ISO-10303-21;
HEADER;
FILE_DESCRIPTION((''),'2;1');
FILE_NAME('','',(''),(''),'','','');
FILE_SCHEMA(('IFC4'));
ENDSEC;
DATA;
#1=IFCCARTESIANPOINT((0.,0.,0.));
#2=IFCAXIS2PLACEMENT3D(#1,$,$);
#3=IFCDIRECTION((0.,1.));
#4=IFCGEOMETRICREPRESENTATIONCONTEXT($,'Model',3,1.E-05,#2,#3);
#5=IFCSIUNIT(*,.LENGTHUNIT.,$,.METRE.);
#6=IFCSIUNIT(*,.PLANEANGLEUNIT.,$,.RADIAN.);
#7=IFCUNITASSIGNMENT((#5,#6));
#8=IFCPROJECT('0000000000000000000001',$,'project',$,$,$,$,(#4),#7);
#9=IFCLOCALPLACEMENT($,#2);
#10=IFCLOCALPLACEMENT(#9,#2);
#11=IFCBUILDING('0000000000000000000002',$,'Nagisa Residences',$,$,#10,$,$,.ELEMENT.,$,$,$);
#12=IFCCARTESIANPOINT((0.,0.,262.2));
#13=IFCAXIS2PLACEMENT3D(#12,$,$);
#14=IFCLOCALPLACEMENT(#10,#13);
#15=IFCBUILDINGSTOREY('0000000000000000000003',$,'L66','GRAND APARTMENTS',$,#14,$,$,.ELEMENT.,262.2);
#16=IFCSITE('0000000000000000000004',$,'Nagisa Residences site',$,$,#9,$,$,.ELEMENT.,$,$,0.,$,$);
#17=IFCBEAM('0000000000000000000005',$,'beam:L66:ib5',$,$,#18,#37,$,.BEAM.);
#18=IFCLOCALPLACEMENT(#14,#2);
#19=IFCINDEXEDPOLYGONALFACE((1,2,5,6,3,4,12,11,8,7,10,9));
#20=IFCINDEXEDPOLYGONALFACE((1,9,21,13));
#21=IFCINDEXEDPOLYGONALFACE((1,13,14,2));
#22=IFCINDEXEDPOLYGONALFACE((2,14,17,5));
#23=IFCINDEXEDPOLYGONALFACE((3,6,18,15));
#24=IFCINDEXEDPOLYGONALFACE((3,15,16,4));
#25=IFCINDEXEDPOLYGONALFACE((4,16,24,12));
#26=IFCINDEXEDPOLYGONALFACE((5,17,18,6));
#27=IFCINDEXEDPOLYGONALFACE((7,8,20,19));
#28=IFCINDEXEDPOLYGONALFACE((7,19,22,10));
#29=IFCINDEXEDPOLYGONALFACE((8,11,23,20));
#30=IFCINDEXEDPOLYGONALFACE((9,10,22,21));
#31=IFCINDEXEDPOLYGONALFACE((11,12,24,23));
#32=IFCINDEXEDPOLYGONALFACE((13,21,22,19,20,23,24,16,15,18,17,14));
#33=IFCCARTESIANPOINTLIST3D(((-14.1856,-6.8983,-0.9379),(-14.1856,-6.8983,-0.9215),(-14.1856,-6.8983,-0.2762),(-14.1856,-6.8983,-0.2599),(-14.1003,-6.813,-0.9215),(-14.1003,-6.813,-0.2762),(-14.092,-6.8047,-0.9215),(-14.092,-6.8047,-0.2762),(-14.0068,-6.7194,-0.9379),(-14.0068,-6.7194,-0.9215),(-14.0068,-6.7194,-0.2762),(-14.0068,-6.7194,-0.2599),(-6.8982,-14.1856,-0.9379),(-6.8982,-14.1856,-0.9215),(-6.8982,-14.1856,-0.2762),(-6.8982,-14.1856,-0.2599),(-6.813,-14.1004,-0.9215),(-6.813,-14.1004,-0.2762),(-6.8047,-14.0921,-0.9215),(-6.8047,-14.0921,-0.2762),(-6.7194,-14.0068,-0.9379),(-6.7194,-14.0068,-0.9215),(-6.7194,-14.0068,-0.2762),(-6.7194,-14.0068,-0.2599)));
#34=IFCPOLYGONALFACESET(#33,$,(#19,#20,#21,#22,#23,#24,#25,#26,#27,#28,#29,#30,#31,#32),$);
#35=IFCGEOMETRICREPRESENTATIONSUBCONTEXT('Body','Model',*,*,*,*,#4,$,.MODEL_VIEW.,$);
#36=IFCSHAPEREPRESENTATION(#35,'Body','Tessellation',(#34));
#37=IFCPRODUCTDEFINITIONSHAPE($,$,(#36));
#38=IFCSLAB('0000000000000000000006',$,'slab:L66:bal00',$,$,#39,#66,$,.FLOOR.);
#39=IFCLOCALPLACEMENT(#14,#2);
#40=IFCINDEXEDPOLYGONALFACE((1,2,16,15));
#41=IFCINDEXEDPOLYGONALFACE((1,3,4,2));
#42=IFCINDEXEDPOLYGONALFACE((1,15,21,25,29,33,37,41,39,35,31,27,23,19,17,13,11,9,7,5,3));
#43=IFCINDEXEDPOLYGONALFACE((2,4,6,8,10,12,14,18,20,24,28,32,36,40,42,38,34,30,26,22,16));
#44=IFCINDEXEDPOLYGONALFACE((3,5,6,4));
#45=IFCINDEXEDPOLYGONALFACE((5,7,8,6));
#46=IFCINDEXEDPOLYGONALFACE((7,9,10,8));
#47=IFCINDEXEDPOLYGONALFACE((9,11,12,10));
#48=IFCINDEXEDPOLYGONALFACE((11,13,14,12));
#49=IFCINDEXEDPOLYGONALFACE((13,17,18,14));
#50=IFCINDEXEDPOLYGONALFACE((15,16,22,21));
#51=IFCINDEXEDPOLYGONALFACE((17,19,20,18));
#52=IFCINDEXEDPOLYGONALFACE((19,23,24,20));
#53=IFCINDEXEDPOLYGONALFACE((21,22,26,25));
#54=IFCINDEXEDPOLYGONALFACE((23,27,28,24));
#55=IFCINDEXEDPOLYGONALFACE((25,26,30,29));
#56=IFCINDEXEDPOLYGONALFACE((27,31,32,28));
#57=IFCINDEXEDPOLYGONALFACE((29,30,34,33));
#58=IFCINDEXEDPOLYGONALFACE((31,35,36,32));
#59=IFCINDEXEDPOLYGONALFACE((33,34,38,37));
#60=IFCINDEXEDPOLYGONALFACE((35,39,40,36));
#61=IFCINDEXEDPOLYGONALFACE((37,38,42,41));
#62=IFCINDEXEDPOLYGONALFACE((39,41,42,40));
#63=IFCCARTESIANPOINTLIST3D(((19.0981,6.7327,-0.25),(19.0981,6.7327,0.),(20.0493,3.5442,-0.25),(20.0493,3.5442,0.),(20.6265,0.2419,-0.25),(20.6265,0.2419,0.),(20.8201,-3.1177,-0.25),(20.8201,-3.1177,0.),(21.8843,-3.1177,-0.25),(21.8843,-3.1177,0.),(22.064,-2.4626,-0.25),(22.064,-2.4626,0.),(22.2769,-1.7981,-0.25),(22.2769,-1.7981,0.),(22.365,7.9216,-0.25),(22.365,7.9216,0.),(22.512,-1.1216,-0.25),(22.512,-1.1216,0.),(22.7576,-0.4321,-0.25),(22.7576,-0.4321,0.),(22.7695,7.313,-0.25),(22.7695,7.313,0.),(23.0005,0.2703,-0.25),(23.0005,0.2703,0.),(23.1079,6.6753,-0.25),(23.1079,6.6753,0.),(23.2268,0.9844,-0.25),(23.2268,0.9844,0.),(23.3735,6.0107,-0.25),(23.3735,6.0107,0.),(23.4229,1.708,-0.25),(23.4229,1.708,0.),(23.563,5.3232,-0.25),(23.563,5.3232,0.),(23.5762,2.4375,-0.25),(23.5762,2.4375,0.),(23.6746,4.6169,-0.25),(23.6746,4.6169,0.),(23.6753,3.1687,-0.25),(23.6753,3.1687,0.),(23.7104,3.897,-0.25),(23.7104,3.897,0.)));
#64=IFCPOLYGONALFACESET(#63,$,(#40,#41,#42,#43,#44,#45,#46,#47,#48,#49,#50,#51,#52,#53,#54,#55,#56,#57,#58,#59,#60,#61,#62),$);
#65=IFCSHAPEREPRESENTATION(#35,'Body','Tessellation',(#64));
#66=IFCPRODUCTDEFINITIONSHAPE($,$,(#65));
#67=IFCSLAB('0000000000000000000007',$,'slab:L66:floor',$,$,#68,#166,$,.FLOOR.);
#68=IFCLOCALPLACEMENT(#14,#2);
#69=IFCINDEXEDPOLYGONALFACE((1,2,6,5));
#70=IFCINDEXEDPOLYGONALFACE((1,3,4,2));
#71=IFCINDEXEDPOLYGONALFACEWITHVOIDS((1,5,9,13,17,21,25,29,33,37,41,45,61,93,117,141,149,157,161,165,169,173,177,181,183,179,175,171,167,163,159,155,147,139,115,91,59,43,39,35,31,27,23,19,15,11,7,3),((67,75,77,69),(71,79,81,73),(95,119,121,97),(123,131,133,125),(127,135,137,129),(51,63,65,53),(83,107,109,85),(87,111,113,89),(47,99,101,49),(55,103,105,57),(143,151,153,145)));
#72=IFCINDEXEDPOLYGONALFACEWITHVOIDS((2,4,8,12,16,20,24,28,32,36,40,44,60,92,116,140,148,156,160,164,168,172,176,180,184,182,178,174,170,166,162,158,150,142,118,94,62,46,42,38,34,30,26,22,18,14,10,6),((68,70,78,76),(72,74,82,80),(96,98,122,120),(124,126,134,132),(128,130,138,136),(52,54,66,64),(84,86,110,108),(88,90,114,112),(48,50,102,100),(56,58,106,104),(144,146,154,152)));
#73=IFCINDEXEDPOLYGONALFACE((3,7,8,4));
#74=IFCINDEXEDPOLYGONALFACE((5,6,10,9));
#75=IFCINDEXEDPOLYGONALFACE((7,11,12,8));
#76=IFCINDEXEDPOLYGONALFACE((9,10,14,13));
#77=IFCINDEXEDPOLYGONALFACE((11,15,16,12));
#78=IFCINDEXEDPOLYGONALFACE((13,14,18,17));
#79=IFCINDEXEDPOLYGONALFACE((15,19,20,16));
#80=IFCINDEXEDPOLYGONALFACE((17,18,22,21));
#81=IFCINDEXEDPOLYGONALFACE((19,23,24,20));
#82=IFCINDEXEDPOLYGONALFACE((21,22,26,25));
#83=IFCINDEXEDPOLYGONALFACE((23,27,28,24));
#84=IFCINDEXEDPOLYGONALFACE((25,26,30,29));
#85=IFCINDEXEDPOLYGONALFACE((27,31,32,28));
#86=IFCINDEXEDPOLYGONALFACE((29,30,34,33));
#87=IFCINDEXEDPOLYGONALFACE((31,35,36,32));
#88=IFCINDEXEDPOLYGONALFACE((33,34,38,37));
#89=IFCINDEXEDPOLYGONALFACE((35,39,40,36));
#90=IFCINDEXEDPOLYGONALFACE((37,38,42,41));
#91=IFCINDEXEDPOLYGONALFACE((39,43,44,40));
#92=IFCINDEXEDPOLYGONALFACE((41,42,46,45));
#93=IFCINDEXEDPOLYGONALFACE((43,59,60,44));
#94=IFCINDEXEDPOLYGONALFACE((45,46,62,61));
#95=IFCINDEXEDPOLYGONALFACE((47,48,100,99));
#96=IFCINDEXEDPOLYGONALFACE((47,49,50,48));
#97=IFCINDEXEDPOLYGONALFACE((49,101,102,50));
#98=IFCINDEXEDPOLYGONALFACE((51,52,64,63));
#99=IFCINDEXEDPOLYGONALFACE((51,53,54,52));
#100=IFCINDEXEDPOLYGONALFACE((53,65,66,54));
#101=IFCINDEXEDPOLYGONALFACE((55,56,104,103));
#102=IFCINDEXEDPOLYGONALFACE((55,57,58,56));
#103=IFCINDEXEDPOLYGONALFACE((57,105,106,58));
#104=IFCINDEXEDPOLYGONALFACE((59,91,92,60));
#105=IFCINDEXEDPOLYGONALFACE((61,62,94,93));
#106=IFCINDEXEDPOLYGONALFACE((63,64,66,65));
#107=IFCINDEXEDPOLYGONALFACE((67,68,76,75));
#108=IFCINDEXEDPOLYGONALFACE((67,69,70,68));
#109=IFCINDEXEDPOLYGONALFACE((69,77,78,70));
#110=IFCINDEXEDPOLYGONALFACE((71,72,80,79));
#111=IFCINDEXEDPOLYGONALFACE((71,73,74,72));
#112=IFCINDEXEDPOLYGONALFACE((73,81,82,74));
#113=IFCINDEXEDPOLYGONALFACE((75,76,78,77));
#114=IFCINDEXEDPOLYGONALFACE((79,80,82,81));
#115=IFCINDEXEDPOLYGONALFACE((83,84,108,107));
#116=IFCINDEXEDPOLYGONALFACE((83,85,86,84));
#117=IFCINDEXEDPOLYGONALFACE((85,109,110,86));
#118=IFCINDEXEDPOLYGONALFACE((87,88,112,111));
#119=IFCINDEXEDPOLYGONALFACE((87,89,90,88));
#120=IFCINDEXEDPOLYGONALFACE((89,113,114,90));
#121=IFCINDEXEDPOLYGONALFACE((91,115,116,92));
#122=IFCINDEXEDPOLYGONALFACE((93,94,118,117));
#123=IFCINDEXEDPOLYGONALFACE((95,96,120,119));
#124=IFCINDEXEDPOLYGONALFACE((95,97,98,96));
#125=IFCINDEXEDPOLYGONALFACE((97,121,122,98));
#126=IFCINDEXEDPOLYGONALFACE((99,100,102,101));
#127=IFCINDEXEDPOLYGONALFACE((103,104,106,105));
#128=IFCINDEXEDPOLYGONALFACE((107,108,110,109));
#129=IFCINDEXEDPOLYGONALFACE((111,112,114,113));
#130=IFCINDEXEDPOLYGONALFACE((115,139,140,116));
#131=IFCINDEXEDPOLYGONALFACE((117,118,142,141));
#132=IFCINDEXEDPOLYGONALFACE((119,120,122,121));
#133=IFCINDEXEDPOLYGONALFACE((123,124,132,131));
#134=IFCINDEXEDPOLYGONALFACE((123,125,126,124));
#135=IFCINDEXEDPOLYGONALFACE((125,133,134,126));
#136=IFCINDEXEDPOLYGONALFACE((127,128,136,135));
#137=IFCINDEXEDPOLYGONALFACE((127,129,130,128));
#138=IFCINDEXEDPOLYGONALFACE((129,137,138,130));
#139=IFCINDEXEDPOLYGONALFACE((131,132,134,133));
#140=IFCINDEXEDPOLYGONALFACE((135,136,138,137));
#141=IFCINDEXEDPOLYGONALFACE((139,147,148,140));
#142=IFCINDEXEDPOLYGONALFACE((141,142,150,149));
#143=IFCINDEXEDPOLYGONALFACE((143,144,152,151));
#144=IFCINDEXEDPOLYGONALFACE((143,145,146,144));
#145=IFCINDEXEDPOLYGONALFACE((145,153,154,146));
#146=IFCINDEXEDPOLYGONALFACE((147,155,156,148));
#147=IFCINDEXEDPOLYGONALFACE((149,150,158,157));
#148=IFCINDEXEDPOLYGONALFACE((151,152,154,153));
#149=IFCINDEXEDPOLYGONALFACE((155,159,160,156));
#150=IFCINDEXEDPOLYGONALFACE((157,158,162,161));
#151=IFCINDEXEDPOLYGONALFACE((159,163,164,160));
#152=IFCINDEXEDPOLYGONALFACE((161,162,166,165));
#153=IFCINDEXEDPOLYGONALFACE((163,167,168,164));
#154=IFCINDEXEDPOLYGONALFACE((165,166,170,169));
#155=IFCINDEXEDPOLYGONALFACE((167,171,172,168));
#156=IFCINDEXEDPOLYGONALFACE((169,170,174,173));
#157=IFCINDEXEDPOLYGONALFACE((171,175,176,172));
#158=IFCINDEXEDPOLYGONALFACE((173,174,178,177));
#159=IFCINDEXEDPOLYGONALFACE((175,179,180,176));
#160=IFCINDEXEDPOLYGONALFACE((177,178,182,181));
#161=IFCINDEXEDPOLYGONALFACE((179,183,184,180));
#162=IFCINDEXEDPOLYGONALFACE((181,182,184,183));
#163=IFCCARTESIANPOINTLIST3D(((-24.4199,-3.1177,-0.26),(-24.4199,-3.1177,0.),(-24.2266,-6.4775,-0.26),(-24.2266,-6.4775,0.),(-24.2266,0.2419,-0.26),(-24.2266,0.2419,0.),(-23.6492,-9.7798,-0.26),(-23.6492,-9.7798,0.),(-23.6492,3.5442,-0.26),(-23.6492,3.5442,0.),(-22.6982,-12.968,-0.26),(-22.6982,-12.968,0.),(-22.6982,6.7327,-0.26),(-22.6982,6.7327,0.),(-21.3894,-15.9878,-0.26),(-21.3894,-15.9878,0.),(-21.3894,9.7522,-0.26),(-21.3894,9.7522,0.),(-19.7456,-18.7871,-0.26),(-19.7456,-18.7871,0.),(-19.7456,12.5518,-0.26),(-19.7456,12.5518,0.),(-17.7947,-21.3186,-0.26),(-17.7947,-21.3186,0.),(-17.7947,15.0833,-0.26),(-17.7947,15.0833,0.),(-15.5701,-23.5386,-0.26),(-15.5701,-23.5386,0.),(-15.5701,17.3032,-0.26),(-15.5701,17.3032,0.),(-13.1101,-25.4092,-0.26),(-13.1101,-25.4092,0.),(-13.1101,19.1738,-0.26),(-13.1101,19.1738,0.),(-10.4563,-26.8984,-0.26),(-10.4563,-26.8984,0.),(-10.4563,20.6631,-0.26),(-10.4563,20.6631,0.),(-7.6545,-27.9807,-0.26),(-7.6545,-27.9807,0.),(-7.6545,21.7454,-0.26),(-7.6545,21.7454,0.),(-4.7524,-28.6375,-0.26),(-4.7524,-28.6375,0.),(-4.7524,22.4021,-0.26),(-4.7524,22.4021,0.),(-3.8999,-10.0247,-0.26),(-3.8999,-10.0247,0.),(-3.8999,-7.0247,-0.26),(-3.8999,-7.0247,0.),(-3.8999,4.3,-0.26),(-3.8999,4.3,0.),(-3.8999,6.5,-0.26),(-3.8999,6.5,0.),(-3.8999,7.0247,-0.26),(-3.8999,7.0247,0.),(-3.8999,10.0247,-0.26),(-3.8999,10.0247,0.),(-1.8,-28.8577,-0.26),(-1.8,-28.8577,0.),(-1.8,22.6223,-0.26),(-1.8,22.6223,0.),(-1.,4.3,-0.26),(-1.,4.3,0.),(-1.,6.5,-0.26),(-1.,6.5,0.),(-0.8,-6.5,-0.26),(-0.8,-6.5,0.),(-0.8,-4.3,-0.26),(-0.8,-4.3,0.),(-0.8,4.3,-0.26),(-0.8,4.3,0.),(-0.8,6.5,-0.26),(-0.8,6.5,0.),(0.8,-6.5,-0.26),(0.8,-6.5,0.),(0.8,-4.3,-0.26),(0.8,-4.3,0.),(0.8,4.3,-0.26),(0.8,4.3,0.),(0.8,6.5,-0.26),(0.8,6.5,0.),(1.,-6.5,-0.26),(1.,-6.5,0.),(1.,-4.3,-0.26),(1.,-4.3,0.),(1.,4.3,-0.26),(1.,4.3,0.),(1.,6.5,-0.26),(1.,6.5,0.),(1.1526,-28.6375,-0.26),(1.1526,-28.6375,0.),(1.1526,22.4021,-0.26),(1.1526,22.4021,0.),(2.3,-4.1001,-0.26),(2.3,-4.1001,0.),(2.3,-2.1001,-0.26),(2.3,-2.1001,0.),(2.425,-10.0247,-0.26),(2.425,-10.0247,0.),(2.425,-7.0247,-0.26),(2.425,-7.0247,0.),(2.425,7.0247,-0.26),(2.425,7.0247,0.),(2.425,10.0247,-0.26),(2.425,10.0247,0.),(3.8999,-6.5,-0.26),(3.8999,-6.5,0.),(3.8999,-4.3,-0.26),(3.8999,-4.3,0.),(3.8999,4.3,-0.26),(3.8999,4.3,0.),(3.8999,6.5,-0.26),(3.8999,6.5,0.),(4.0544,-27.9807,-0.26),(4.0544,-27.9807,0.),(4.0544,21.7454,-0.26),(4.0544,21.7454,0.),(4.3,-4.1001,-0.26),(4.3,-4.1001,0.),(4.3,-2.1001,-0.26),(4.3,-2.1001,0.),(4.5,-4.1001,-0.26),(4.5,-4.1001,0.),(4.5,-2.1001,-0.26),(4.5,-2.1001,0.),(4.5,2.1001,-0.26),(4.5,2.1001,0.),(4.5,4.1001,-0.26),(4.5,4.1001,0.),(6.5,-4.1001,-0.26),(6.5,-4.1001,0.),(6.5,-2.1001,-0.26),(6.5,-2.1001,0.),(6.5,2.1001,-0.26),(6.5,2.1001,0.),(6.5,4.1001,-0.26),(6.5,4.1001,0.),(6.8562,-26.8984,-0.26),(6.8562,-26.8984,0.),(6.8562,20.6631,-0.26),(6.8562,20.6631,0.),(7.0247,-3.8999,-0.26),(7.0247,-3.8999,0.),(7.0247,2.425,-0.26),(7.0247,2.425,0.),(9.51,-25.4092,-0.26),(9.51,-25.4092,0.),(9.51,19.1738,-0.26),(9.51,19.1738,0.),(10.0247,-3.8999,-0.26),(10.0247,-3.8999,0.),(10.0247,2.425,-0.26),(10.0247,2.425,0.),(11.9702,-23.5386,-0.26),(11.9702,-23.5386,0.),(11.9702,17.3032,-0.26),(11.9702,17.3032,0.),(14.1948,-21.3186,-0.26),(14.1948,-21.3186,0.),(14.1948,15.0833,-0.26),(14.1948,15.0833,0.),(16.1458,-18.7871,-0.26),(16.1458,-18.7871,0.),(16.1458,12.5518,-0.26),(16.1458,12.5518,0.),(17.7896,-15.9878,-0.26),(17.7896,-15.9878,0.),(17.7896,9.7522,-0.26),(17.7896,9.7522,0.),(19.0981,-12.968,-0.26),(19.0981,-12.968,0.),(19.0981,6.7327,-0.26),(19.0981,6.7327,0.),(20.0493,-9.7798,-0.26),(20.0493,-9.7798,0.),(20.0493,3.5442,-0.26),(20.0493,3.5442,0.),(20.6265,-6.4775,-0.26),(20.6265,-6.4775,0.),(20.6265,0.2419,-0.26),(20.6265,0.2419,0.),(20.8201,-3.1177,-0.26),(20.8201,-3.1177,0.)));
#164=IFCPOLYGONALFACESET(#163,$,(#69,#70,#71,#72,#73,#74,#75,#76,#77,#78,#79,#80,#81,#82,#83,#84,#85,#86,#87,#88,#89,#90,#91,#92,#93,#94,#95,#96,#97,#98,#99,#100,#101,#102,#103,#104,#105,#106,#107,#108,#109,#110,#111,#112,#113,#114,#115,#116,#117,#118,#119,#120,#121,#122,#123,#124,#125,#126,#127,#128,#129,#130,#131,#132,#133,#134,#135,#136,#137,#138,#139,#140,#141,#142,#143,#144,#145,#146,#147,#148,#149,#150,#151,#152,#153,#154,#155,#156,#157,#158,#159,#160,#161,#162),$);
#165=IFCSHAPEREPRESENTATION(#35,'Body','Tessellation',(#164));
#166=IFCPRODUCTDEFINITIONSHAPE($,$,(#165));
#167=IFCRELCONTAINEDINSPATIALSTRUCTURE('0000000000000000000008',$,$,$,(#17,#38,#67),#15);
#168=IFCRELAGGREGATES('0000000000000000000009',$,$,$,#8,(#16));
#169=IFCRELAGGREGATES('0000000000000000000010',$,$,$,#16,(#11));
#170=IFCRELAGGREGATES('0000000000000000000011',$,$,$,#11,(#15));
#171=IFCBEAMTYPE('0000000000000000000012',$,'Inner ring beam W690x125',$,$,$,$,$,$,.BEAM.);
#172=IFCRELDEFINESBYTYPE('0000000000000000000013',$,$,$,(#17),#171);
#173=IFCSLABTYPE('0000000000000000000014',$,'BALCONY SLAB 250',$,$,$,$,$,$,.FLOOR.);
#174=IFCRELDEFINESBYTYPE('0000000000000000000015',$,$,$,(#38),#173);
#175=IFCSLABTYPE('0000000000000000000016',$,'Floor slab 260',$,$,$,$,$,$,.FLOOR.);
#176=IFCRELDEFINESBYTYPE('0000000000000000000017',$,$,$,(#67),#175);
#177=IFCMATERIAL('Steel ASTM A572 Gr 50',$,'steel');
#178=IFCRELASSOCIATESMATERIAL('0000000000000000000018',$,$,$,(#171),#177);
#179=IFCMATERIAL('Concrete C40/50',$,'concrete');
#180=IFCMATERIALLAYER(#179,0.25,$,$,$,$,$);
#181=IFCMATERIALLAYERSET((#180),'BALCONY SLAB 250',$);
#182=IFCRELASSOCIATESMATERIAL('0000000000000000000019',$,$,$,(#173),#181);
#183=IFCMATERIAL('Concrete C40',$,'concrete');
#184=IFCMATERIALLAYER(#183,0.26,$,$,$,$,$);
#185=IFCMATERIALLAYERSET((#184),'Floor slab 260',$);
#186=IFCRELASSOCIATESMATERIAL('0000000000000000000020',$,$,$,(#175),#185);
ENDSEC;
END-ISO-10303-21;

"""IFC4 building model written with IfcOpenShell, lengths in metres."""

from ifc_helpers import new_model, si_unit, direction, frame, origin, origin_2d, place, context, subcontext, project, spatial, polyline, i_section, outline, extrude, material, layer, layer_set, material_profile, profile_set, type_object, element, save


model = new_model("IFC4")

# Units and contexts
model_context = context("Model", 3, precision=1e-05, world=origin(), true_north=direction((0.0, 1.0)))
body_context = subcontext(model_context, "Body", "Model", "MODEL_VIEW")
ifc_project = project(units=[si_unit("LENGTHUNIT", "METRE"), si_unit("PLANEANGLEUNIT", "RADIAN")], contexts=[model_context])

# Site, building, storey
site_placement = place(None, origin())
site = spatial("IfcSite", under=ifc_project, at=site_placement, Name="Nagisa Residences site", CompositionType="ELEMENT", RefElevation=0.0)
building_placement = place(site_placement, origin())
building = spatial("IfcBuilding", under=site, at=building_placement, Name="Nagisa Residences", CompositionType="ELEMENT")
storey_placement = place(building_placement, frame((0.0, 0.0, 262.2)))
storey = spatial("IfcBuildingStorey", under=building, at=storey_placement, Name="L66", Description="GRAND APARTMENTS", CompositionType="ELEMENT", Elevation=262.2)

# Beam
ifc_material_1 = material(Name="Steel ASTM A572 Gr 50", Category="steel")
ifc_material_profile = material_profile(ifc_material_1, i_section(OverallWidth=0.2529, OverallDepth=0.678, WebThickness=0.0117, FlangeThickness=0.0164, at=origin_2d()), Name="W690x125")
ifc_profile_set = profile_set([ifc_material_profile], Name="Steel ASTM A572 Gr 50")
beam_type = type_object("IfcBeamType", Name="Inner ring beam W690x125", PredefinedType="BEAM", material=ifc_profile_set)
beam_placement = place(storey_placement, frame((-14.0962, -6.8088, -0.5989), z_axis=(0.707107, -0.707107, 0.0), x_axis=(0.707107, 0.707107, 0.0)))
element("IfcBeam", 1, at=beam_placement, inside=storey, type_object=beam_type, Name="beam:L66:ib5", PredefinedType="BEAM", context=body_context, shape_type="SweptSolid", body=[
    extrude(i_section(OverallWidth=0.2529, OverallDepth=0.678, WebThickness=0.0117, FlangeThickness=0.0164, at=origin_2d()), origin(), (0.0, 0.0, 1.0), 10.3059),
])

# Slabs
ifc_material_2 = material(Name="Concrete C40/50", Category="concrete")
ifc_layer_1 = layer(ifc_material_2, 0.25)
ifc_layer_set_1 = layer_set([ifc_layer_1], Name="BALCONY SLAB 250")
slab_type_1 = type_object("IfcSlabType", Name="BALCONY SLAB 250", PredefinedType="FLOOR", material=ifc_layer_set_1)
slab_1_placement = place(storey_placement, frame((0.0, 0.0, -0.25)))
element("IfcSlab", 2, at=slab_1_placement, inside=storey, type_object=slab_type_1, Name="slab:L66:bal00", PredefinedType="FLOOR", context=body_context, shape_type="SweptSolid", body=[
    extrude(outline(polyline([(21.8843, -3.1177), (22.064, -2.4626), (22.2769, -1.7981), (22.512, -1.1216), (22.7576, -0.4321), (23.0005, 0.2703), (23.2268, 0.9844), (23.4229, 1.708), (23.5762, 2.4375), (23.6753, 3.1687), (23.7104, 3.897), (23.6746, 4.6169), (23.563, 5.3232), (23.3735, 6.0107), (23.1079, 6.6753), (22.7695, 7.313), (22.365, 7.9216), (19.0981, 6.7327), (20.0493, 3.5442), (20.6265, 0.2419), (20.8201, -3.1177), (21.8843, -3.1177)])), origin(), (0.0, 0.0, 1.0), 0.25),
])
ifc_material_3 = material(Name="Concrete C40", Category="concrete")
ifc_layer_2 = layer(ifc_material_3, 0.26)
ifc_layer_set_2 = layer_set([ifc_layer_2], Name="Floor slab 260")
slab_type_2 = type_object("IfcSlabType", Name="Floor slab 260", PredefinedType="FLOOR", material=ifc_layer_set_2)
slab_2_placement = place(storey_placement, frame((0.0, 0.0, -0.26)))
element("IfcSlab", 3, at=slab_2_placement, inside=storey, type_object=slab_type_2, Name="slab:L66:floor", PredefinedType="FLOOR", context=body_context, shape_type="SweptSolid", body=[
    extrude(outline(polyline([(20.8201, -3.1177), (20.6265, 0.2419), (20.0493, 3.5442), (19.0981, 6.7327), (17.7896, 9.7522), (16.1458, 12.5518), (14.1948, 15.0833), (11.9702, 17.3032), (9.51, 19.1738), (6.8562, 20.6631), (4.0544, 21.7454), (1.1526, 22.4021), (-1.8, 22.6223), (-4.7524, 22.4021), (-7.6545, 21.7454), (-10.4563, 20.6631), (-13.1101, 19.1738), (-15.5701, 17.3032), (-17.7947, 15.0833), (-19.7456, 12.5518), (-21.3894, 9.7522), (-22.6982, 6.7327), (-23.6492, 3.5442), (-24.2266, 0.2419), (-24.4199, -3.1177), (-24.2266, -6.4775), (-23.6492, -9.7798), (-22.6982, -12.968), (-21.3894, -15.9878), (-19.7456, -18.7871), (-17.7947, -21.3186), (-15.5701, -23.5386), (-13.1101, -25.4092), (-10.4563, -26.8984), (-7.6545, -27.9807), (-4.7524, -28.6375), (-1.8, -28.8577), (1.1526, -28.6375), (4.0544, -27.9807), (6.8562, -26.8984), (9.51, -25.4092), (11.9702, -23.5386), (14.1948, -21.3186), (16.1458, -18.7871), (17.7896, -15.9878), (19.0981, -12.968), (20.0493, -9.7798), (20.6265, -6.4775), (20.8201, -3.1177)]), holes=[polyline([(6.5, 2.1001), (6.5, 4.1001), (4.5, 4.1001), (4.5, 2.1001), (6.5, 2.1001)]), polyline([(4.3, -4.1001), (4.3, -2.1001), (2.3, -2.1001), (2.3, -4.1001), (4.3, -4.1001)]), polyline([(6.5, -4.1001), (6.5, -2.1001), (4.5, -2.1001), (4.5, -4.1001), (6.5, -4.1001)]), polyline([(3.8999, 4.3), (3.8999, 6.5), (1.0, 6.5), (1.0, 4.3), (3.8999, 4.3)]), polyline([(3.8999, -6.5), (3.8999, -4.3), (1.0, -4.3), (1.0, -6.5), (3.8999, -6.5)]), polyline([(-1.0, 4.3), (-1.0, 6.5), (-3.8999, 6.5), (-3.8999, 4.3), (-1.0, 4.3)]), polyline([(0.8, 4.3), (0.8, 6.5), (-0.8, 6.5), (-0.8, 4.3), (0.8, 4.3)]), polyline([(0.8, -6.5), (0.8, -4.3), (-0.8, -4.3), (-0.8, -6.5), (0.8, -6.5)]), polyline([(10.0247, -3.8999), (7.0247, -3.8999), (7.0247, 2.425), (10.0247, 2.425), (10.0247, -3.8999)]), polyline([(-3.8999, 7.0247), (-3.8999, 10.0247), (2.425, 10.0247), (2.425, 7.0247), (-3.8999, 7.0247)]), polyline([(-3.8999, -10.0247), (-3.8999, -7.0247), (2.425, -7.0247), (2.425, -10.0247), (-3.8999, -10.0247)])]), origin(), (0.0, 0.0, 1.0), 0.26),
])

save(model, "model.ifc")
